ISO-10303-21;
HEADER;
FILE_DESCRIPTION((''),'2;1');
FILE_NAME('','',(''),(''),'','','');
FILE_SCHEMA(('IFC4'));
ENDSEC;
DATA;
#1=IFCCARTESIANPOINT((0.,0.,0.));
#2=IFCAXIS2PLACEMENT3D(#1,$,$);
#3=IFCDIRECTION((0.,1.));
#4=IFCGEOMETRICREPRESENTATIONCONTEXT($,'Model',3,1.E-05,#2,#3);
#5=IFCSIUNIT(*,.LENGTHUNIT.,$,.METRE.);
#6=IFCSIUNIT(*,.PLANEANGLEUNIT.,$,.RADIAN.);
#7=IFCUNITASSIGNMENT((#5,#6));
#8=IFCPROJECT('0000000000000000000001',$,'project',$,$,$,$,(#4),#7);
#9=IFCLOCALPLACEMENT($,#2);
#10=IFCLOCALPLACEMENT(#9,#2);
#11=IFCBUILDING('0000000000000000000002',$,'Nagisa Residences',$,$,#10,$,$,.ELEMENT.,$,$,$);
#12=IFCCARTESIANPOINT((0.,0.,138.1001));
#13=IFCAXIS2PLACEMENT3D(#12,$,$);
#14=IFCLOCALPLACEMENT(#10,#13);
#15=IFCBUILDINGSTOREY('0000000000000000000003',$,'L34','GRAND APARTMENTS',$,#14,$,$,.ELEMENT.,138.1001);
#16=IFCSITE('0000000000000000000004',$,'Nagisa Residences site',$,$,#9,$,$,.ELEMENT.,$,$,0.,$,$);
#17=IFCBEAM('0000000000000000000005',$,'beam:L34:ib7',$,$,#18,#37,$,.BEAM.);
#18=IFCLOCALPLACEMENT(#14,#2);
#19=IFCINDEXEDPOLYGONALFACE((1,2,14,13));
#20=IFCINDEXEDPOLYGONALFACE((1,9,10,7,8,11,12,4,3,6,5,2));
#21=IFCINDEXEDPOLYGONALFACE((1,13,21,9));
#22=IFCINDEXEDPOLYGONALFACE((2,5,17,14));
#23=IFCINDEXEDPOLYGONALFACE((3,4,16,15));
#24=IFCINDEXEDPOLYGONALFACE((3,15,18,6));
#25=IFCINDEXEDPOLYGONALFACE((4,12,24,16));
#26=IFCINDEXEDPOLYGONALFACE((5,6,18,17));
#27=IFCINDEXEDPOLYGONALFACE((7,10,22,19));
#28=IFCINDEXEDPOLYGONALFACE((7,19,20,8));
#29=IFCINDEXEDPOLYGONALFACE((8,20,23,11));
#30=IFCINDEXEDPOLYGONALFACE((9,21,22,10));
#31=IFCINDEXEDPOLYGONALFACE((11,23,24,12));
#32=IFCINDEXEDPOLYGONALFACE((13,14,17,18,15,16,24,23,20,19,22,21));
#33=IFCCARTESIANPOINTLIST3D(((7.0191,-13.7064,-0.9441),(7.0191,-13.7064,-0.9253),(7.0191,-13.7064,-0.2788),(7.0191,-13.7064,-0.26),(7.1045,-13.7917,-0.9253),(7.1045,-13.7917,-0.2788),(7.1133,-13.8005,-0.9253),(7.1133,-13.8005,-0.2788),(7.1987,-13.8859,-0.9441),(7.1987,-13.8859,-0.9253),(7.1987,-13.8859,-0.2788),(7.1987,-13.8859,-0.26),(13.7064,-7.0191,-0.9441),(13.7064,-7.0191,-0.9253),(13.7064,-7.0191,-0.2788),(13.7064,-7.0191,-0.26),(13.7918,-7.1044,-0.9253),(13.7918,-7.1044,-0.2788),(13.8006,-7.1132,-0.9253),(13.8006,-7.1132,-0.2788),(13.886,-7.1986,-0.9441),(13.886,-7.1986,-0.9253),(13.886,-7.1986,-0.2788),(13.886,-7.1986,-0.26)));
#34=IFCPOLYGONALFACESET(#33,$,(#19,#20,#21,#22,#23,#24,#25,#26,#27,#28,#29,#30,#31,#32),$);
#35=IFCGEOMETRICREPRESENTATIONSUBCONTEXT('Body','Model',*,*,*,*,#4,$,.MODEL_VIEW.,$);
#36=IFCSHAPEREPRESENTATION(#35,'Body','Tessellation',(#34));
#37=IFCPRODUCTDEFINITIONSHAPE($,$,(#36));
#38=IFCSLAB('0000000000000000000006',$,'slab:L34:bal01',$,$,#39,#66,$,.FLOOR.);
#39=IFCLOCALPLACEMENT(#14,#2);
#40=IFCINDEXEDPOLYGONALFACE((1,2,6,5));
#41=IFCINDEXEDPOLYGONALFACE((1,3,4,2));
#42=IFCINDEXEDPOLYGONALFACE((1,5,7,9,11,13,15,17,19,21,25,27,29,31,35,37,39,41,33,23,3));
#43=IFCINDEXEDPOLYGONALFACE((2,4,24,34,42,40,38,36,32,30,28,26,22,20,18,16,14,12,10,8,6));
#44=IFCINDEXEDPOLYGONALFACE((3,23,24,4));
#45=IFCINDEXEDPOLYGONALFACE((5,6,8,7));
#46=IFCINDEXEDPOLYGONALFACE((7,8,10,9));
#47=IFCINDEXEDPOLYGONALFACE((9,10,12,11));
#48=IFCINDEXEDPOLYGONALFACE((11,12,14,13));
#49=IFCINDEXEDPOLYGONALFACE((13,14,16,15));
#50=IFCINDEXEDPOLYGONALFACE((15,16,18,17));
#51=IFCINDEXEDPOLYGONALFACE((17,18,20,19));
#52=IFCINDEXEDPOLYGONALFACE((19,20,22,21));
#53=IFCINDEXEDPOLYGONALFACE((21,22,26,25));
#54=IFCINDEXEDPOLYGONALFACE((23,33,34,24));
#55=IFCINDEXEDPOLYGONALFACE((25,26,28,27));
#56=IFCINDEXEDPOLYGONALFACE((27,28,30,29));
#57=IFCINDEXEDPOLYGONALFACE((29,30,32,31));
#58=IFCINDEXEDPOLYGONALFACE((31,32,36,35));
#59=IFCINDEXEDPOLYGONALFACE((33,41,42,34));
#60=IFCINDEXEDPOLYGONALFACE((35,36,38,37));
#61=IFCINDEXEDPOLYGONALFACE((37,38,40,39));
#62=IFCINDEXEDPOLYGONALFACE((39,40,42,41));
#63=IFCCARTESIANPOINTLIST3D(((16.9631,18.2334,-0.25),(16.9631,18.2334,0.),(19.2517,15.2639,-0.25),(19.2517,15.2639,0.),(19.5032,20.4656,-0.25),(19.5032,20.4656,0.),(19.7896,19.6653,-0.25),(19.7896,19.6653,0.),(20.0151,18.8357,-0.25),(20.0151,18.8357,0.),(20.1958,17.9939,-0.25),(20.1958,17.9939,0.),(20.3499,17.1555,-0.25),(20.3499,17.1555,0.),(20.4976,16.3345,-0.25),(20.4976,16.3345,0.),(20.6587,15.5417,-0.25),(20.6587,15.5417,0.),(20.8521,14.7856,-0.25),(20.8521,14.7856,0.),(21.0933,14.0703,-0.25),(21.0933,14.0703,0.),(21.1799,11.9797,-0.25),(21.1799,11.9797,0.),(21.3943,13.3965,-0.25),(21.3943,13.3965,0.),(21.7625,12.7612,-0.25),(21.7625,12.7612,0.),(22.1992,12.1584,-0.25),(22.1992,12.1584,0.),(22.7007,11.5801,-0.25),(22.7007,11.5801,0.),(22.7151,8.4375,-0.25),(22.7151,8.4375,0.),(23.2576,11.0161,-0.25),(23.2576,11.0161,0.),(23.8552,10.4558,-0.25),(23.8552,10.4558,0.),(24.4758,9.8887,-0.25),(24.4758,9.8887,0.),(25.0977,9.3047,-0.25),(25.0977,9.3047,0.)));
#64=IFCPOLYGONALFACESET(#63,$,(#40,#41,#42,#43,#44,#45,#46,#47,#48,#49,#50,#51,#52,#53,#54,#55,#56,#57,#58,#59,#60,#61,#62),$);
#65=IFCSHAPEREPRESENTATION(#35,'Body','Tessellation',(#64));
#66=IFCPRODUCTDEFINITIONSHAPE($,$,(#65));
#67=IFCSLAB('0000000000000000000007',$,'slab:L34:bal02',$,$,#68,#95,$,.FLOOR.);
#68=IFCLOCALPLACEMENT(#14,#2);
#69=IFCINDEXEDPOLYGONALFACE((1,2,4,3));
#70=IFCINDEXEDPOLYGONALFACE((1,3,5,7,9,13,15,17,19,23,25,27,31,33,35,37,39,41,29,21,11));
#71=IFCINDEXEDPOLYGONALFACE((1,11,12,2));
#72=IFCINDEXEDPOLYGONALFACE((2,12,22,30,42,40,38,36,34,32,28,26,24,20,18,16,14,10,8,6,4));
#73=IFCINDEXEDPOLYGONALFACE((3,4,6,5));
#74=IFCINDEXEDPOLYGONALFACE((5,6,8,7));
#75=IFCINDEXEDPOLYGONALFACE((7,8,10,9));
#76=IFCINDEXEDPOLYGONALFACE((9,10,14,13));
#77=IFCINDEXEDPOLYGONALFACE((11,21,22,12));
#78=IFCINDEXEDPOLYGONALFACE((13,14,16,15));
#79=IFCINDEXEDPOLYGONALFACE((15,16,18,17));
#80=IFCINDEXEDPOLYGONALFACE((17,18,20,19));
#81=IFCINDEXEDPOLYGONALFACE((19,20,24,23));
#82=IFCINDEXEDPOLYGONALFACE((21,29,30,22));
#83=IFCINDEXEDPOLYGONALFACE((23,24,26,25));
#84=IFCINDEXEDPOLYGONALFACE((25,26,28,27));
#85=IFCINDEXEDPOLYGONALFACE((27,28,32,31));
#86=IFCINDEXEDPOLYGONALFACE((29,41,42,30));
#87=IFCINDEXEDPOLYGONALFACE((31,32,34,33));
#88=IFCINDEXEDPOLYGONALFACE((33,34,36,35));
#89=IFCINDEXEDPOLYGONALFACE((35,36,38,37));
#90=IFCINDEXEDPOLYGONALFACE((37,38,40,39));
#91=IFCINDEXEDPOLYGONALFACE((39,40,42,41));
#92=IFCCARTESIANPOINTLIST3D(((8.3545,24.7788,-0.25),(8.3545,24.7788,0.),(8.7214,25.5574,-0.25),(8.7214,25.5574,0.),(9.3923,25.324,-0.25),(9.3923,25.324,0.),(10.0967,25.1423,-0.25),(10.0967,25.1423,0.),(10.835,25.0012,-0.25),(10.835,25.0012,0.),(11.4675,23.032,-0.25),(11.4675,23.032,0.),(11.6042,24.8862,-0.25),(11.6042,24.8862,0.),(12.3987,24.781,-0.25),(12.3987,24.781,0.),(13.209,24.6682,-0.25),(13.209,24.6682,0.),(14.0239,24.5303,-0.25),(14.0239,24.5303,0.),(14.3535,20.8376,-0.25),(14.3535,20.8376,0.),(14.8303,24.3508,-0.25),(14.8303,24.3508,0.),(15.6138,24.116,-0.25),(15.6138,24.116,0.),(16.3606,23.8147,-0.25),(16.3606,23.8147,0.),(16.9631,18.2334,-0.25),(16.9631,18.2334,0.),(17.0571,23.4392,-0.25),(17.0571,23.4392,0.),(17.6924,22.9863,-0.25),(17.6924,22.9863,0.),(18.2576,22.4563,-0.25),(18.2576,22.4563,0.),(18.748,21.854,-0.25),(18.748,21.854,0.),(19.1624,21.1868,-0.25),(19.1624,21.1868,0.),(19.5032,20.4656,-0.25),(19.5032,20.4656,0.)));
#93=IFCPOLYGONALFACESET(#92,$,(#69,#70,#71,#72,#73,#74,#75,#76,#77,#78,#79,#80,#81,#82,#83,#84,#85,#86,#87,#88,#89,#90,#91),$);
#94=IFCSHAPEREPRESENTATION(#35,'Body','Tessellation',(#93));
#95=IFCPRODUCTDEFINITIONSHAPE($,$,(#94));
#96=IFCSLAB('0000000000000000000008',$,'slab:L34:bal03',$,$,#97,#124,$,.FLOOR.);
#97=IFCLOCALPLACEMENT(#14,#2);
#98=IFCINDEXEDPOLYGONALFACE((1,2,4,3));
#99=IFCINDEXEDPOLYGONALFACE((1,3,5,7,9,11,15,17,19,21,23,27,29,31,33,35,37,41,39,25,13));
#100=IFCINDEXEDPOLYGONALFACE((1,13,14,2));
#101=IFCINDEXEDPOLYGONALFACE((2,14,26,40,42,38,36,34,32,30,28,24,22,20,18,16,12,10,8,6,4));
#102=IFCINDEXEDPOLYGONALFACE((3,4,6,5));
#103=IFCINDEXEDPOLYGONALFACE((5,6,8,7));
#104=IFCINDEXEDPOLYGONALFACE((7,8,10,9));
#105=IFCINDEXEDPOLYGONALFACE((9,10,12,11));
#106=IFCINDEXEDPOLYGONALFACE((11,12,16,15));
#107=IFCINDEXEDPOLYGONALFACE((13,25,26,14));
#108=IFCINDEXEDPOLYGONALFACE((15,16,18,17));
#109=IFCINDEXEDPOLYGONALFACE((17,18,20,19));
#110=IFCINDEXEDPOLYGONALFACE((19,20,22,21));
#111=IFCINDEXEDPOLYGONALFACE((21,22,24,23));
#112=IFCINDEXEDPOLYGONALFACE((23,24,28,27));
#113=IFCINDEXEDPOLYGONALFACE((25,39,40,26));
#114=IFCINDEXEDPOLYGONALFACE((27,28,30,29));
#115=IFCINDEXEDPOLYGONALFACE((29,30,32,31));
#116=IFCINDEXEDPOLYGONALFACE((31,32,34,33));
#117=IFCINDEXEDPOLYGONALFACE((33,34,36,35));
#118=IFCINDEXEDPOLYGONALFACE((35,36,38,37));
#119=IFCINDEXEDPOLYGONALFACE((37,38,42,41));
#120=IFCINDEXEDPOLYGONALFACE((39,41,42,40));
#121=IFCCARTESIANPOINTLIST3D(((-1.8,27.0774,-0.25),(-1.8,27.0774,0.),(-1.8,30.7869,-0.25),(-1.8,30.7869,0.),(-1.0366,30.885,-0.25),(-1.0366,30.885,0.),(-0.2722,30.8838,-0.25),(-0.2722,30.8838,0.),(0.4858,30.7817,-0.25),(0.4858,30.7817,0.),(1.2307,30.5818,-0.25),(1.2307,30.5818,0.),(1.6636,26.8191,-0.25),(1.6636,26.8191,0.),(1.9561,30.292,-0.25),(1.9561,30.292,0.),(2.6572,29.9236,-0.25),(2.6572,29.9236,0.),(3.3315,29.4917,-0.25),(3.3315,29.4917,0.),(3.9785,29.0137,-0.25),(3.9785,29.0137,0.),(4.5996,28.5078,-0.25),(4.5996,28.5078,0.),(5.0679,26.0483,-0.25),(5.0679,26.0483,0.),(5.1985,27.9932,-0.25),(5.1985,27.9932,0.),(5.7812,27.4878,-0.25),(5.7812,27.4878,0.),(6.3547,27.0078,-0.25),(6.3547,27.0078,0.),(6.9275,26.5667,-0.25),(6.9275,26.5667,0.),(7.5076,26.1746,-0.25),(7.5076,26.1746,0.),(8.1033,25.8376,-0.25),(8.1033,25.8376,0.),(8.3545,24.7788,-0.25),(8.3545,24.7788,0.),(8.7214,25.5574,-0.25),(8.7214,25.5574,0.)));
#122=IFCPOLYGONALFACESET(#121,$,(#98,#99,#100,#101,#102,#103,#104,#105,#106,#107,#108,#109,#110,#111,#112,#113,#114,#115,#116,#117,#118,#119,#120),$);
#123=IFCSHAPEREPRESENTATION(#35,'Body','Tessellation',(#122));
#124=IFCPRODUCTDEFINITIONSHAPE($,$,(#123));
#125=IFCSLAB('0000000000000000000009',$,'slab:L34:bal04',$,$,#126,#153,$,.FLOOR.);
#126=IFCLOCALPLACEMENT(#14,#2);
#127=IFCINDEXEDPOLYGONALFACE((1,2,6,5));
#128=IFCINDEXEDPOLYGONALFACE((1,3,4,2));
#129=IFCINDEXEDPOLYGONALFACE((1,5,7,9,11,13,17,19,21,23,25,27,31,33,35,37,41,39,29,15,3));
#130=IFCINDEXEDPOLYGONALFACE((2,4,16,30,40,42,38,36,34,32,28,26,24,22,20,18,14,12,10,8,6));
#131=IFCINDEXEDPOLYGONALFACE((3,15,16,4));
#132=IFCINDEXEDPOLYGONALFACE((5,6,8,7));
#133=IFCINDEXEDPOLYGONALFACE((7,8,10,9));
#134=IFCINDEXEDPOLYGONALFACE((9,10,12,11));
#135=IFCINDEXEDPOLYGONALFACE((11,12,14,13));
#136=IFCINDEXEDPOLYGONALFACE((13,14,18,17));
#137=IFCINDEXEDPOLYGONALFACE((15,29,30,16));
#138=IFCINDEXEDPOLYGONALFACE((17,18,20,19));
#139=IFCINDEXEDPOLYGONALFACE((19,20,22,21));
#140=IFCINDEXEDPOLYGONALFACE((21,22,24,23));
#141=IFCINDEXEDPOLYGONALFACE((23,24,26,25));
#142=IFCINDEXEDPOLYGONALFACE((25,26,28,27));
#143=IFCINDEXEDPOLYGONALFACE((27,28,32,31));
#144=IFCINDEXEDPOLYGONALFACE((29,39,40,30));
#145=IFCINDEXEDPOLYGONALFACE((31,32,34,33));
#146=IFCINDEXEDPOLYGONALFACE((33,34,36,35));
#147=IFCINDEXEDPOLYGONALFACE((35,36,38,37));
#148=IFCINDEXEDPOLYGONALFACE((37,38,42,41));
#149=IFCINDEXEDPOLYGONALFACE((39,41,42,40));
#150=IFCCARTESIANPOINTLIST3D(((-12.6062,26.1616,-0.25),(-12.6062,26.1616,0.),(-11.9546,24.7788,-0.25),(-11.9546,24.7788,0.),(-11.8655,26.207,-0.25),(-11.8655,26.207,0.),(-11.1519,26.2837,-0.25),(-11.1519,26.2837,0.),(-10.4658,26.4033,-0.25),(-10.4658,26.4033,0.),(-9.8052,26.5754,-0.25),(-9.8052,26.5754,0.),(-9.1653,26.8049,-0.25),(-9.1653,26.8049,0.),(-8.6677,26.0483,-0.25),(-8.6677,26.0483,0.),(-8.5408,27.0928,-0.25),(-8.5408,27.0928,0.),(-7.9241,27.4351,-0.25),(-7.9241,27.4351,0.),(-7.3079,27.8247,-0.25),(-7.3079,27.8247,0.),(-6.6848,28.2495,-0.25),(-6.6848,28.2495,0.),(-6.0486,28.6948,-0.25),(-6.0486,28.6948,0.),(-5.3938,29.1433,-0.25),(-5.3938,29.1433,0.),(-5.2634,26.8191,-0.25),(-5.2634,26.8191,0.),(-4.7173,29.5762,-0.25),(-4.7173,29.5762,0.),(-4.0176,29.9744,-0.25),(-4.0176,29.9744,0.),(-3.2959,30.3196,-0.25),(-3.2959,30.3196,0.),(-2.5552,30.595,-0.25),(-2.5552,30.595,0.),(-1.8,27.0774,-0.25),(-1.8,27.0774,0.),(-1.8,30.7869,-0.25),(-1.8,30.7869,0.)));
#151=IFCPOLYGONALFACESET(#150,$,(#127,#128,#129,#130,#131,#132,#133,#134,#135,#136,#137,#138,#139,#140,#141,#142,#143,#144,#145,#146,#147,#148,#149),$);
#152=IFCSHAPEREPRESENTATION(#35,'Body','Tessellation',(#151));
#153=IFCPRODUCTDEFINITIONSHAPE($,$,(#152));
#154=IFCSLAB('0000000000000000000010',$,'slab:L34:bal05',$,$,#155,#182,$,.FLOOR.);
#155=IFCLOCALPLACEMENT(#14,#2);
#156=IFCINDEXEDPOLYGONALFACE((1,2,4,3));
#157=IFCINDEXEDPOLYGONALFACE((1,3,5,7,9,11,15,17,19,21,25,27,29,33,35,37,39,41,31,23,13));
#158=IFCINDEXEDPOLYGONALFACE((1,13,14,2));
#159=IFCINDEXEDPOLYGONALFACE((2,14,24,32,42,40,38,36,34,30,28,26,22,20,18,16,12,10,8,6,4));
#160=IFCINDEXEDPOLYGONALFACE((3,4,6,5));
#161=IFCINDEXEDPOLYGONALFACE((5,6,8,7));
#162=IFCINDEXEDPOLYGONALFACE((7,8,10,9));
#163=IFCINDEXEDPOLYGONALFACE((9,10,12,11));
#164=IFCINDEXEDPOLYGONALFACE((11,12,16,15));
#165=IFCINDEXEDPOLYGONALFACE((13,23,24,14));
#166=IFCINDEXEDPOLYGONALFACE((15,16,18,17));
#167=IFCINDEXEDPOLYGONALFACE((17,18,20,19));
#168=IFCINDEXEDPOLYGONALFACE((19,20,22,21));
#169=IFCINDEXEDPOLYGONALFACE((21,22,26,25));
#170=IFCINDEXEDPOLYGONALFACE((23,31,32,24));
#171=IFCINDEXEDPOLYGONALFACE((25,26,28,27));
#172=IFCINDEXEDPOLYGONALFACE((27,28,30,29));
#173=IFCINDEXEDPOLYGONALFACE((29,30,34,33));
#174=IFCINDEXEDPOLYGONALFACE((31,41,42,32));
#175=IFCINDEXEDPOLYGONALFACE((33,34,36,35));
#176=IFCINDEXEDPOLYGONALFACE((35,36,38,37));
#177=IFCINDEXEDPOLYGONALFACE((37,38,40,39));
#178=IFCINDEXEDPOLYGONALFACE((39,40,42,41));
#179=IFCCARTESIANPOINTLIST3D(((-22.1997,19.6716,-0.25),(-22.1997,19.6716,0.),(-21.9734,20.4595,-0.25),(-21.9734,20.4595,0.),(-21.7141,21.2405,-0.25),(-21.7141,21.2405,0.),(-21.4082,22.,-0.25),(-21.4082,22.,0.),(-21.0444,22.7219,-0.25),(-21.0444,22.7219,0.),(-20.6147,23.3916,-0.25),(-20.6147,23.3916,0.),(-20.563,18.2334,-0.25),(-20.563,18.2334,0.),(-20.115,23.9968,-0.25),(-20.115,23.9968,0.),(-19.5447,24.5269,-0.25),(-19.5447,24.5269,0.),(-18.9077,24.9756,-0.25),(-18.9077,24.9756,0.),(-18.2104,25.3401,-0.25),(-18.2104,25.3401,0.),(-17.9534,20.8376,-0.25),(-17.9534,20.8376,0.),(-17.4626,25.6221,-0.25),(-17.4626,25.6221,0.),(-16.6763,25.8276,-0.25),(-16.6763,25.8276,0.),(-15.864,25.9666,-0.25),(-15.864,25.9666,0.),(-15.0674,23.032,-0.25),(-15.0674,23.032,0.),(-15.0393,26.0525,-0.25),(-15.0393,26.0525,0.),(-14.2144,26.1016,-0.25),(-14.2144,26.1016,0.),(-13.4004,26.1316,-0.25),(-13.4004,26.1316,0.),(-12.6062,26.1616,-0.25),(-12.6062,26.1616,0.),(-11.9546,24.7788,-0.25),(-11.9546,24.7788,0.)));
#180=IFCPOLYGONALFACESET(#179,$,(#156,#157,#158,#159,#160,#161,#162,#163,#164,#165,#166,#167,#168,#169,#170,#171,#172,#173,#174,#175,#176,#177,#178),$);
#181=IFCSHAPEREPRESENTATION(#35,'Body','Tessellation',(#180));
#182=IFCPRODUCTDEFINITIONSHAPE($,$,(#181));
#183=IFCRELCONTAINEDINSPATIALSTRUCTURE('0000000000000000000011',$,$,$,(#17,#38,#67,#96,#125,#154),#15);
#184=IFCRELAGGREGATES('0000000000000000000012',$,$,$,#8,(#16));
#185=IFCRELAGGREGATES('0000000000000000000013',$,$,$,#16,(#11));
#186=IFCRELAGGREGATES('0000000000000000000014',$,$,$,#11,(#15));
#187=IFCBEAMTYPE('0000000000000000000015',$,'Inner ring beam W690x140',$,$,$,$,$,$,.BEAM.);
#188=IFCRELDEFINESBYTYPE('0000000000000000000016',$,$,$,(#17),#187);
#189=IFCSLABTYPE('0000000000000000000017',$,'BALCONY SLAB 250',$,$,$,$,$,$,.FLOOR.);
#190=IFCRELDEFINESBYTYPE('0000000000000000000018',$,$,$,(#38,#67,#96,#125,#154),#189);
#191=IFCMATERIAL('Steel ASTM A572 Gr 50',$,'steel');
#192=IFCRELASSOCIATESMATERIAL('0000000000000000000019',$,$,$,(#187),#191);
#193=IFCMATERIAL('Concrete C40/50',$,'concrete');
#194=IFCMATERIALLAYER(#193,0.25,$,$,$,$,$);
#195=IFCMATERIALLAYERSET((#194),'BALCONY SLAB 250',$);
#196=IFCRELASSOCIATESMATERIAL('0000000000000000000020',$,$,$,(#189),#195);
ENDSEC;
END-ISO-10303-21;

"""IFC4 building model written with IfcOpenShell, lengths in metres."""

from ifc_helpers import new_model, si_unit, direction, frame, origin, origin_2d, place, context, subcontext, project, spatial, polyline, i_section, outline, extrude, material, layer, layer_set, material_profile, profile_set, type_object, element, save


model = new_model("IFC4")

# Units and contexts
model_context = context("Model", 3, precision=1e-05, world=origin(), true_north=direction((0.0, 1.0)))
body_context = subcontext(model_context, "Body", "Model", "MODEL_VIEW")
ifc_project = project(units=[si_unit("LENGTHUNIT", "METRE"), si_unit("PLANEANGLEUNIT", "RADIAN")], contexts=[model_context])

# Site, building, storey
site_placement = place(None, origin())
site = spatial("IfcSite", under=ifc_project, at=site_placement, Name="Nagisa Residences site", CompositionType="ELEMENT", RefElevation=0.0)
building_placement = place(site_placement, origin())
building = spatial("IfcBuilding", under=site, at=building_placement, Name="Nagisa Residences", CompositionType="ELEMENT")
storey_placement = place(building_placement, frame((0.0, 0.0, 138.1001)))
storey = spatial("IfcBuildingStorey", under=building, at=storey_placement, Name="L34", Description="GRAND APARTMENTS", CompositionType="ELEMENT", Elevation=138.1001)

# Beam
ifc_material_1 = material(Name="Steel ASTM A572 Gr 50", Category="steel")
ifc_material_profile = material_profile(ifc_material_1, i_section(OverallWidth=0.2539, OverallDepth=0.6841, WebThickness=0.0125, FlangeThickness=0.0188, at=origin_2d()), Name="W690x140")
ifc_profile_set = profile_set([ifc_material_profile], Name="Steel ASTM A572 Gr 50")
beam_type = type_object("IfcBeamType", Name="Inner ring beam W690x140", PredefinedType="BEAM", material=ifc_profile_set)
beam_placement = place(storey_placement, frame((7.1089, -13.7961, -0.6021), z_axis=(0.707107, 0.707107, 0.0), x_axis=(-0.707107, 0.707107, 0.0)))
element("IfcBeam", 1, at=beam_placement, inside=storey, type_object=beam_type, Name="beam:L34:ib7", PredefinedType="BEAM", context=body_context, shape_type="SweptSolid", body=[
    extrude(i_section(OverallWidth=0.2539, OverallDepth=0.6841, WebThickness=0.0125, FlangeThickness=0.0188, at=origin_2d()), origin(), (0.0, 0.0, 1.0), 9.4573),
])

# Slabs
ifc_material_2 = material(Name="Concrete C40/50", Category="concrete")
ifc_layer_1 = layer(ifc_material_2, 0.25)
ifc_layer_set_1 = layer_set([ifc_layer_1], Name="BALCONY SLAB 250")
slab_type = type_object("IfcSlabType", Name="BALCONY SLAB 250", PredefinedType="FLOOR", material=ifc_layer_set_1)
slab_1_placement = place(storey_placement, frame((0.0, 0.0, -0.25)))
element("IfcSlab", 2, at=slab_1_placement, inside=storey, type_object=slab_type, Name="slab:L34:bal01", PredefinedType="FLOOR", context=body_context, shape_type="SweptSolid", body=[
    extrude(outline(polyline([(25.0977, 9.3047), (24.4758, 9.8887), (23.8552, 10.4558), (23.2576, 11.0161), (22.7007, 11.5801), (22.1992, 12.1584), (21.7625, 12.7612), (21.3943, 13.3965), (21.0933, 14.0703), (20.8521, 14.7856), (20.6587, 15.5417), (20.4976, 16.3345), (20.3499, 17.1555), (20.1958, 17.9939), (20.0151, 18.8357), (19.7896, 19.6653), (19.5032, 20.4656), (16.9631, 18.2334), (19.2517, 15.2639), (21.1799, 11.9797), (22.7151, 8.4375), (25.0977, 9.3047)])), origin(), (0.0, 0.0, 1.0), 0.25),
])
slab_2_placement = place(storey_placement, frame((0.0, 0.0, -0.25)))
element("IfcSlab", 3, at=slab_2_placement, inside=storey, type_object=slab_type, Name="slab:L34:bal02", PredefinedType="FLOOR", context=body_context, shape_type="SweptSolid", body=[
    extrude(outline(polyline([(19.5032, 20.4656), (19.1624, 21.1868), (18.748, 21.854), (18.2576, 22.4563), (17.6924, 22.9863), (17.0571, 23.4392), (16.3606, 23.8147), (15.6138, 24.116), (14.8303, 24.3508), (14.0239, 24.5303), (13.209, 24.6682), (12.3987, 24.781), (11.6042, 24.8862), (10.835, 25.0012), (10.0967, 25.1423), (9.3923, 25.324), (8.7214, 25.5574), (8.3545, 24.7788), (11.4675, 23.032), (14.3535, 20.8376), (16.9631, 18.2334), (19.5032, 20.4656)])), origin(), (0.0, 0.0, 1.0), 0.25),
])
slab_3_placement = place(storey_placement, frame((0.0, 0.0, -0.25)))
element("IfcSlab", 4, at=slab_3_placement, inside=storey, type_object=slab_type, Name="slab:L34:bal03", PredefinedType="FLOOR", context=body_context, shape_type="SweptSolid", body=[
    extrude(outline(polyline([(8.7214, 25.5574), (8.1033, 25.8376), (7.5076, 26.1746), (6.9275, 26.5667), (6.3547, 27.0078), (5.7812, 27.4878), (5.1985, 27.9932), (4.5996, 28.5078), (3.9785, 29.0137), (3.3315, 29.4917), (2.6572, 29.9236), (1.9561, 30.292), (1.2307, 30.5818), (0.4858, 30.7817), (-0.2722, 30.8838), (-1.0366, 30.885), (-1.8, 30.7869), (-1.8, 27.0774), (1.6636, 26.8191), (5.0679, 26.0483), (8.3545, 24.7788), (8.7214, 25.5574)])), origin(), (0.0, 0.0, 1.0), 0.25),
])
slab_4_placement = place(storey_placement, frame((0.0, 0.0, -0.25)))
element("IfcSlab", 5, at=slab_4_placement, inside=storey, type_object=slab_type, Name="slab:L34:bal04", PredefinedType="FLOOR", context=body_context, shape_type="SweptSolid", body=[
    extrude(outline(polyline([(-1.8, 30.7869), (-2.5552, 30.595), (-3.2959, 30.3196), (-4.0176, 29.9744), (-4.7173, 29.5762), (-5.3938, 29.1433), (-6.0486, 28.6948), (-6.6848, 28.2495), (-7.3079, 27.8247), (-7.9241, 27.4351), (-8.5408, 27.0928), (-9.1653, 26.8049), (-9.8052, 26.5754), (-10.4658, 26.4033), (-11.1519, 26.2837), (-11.8655, 26.207), (-12.6062, 26.1616), (-11.9546, 24.7788), (-8.6677, 26.0483), (-5.2634, 26.8191), (-1.8, 27.0774), (-1.8, 30.7869)])), origin(), (0.0, 0.0, 1.0), 0.25),
])
slab_5_placement = place(storey_placement, frame((0.0, 0.0, -0.25)))
element("IfcSlab", 6, at=slab_5_placement, inside=storey, type_object=slab_type, Name="slab:L34:bal05", PredefinedType="FLOOR", context=body_context, shape_type="SweptSolid", body=[
    extrude(outline(polyline([(-12.6062, 26.1616), (-13.4004, 26.1316), (-14.2144, 26.1016), (-15.0393, 26.0525), (-15.864, 25.9666), (-16.6763, 25.8276), (-17.4626, 25.6221), (-18.2104, 25.3401), (-18.9077, 24.9756), (-19.5447, 24.5269), (-20.115, 23.9968), (-20.6147, 23.3916), (-21.0444, 22.7219), (-21.4082, 22.0), (-21.7141, 21.2405), (-21.9734, 20.4595), (-22.1997, 19.6716), (-20.563, 18.2334), (-17.9534, 20.8376), (-15.0674, 23.032), (-11.9546, 24.7788), (-12.6062, 26.1616)])), origin(), (0.0, 0.0, 1.0), 0.25),
])

save(model, "model.ifc")
